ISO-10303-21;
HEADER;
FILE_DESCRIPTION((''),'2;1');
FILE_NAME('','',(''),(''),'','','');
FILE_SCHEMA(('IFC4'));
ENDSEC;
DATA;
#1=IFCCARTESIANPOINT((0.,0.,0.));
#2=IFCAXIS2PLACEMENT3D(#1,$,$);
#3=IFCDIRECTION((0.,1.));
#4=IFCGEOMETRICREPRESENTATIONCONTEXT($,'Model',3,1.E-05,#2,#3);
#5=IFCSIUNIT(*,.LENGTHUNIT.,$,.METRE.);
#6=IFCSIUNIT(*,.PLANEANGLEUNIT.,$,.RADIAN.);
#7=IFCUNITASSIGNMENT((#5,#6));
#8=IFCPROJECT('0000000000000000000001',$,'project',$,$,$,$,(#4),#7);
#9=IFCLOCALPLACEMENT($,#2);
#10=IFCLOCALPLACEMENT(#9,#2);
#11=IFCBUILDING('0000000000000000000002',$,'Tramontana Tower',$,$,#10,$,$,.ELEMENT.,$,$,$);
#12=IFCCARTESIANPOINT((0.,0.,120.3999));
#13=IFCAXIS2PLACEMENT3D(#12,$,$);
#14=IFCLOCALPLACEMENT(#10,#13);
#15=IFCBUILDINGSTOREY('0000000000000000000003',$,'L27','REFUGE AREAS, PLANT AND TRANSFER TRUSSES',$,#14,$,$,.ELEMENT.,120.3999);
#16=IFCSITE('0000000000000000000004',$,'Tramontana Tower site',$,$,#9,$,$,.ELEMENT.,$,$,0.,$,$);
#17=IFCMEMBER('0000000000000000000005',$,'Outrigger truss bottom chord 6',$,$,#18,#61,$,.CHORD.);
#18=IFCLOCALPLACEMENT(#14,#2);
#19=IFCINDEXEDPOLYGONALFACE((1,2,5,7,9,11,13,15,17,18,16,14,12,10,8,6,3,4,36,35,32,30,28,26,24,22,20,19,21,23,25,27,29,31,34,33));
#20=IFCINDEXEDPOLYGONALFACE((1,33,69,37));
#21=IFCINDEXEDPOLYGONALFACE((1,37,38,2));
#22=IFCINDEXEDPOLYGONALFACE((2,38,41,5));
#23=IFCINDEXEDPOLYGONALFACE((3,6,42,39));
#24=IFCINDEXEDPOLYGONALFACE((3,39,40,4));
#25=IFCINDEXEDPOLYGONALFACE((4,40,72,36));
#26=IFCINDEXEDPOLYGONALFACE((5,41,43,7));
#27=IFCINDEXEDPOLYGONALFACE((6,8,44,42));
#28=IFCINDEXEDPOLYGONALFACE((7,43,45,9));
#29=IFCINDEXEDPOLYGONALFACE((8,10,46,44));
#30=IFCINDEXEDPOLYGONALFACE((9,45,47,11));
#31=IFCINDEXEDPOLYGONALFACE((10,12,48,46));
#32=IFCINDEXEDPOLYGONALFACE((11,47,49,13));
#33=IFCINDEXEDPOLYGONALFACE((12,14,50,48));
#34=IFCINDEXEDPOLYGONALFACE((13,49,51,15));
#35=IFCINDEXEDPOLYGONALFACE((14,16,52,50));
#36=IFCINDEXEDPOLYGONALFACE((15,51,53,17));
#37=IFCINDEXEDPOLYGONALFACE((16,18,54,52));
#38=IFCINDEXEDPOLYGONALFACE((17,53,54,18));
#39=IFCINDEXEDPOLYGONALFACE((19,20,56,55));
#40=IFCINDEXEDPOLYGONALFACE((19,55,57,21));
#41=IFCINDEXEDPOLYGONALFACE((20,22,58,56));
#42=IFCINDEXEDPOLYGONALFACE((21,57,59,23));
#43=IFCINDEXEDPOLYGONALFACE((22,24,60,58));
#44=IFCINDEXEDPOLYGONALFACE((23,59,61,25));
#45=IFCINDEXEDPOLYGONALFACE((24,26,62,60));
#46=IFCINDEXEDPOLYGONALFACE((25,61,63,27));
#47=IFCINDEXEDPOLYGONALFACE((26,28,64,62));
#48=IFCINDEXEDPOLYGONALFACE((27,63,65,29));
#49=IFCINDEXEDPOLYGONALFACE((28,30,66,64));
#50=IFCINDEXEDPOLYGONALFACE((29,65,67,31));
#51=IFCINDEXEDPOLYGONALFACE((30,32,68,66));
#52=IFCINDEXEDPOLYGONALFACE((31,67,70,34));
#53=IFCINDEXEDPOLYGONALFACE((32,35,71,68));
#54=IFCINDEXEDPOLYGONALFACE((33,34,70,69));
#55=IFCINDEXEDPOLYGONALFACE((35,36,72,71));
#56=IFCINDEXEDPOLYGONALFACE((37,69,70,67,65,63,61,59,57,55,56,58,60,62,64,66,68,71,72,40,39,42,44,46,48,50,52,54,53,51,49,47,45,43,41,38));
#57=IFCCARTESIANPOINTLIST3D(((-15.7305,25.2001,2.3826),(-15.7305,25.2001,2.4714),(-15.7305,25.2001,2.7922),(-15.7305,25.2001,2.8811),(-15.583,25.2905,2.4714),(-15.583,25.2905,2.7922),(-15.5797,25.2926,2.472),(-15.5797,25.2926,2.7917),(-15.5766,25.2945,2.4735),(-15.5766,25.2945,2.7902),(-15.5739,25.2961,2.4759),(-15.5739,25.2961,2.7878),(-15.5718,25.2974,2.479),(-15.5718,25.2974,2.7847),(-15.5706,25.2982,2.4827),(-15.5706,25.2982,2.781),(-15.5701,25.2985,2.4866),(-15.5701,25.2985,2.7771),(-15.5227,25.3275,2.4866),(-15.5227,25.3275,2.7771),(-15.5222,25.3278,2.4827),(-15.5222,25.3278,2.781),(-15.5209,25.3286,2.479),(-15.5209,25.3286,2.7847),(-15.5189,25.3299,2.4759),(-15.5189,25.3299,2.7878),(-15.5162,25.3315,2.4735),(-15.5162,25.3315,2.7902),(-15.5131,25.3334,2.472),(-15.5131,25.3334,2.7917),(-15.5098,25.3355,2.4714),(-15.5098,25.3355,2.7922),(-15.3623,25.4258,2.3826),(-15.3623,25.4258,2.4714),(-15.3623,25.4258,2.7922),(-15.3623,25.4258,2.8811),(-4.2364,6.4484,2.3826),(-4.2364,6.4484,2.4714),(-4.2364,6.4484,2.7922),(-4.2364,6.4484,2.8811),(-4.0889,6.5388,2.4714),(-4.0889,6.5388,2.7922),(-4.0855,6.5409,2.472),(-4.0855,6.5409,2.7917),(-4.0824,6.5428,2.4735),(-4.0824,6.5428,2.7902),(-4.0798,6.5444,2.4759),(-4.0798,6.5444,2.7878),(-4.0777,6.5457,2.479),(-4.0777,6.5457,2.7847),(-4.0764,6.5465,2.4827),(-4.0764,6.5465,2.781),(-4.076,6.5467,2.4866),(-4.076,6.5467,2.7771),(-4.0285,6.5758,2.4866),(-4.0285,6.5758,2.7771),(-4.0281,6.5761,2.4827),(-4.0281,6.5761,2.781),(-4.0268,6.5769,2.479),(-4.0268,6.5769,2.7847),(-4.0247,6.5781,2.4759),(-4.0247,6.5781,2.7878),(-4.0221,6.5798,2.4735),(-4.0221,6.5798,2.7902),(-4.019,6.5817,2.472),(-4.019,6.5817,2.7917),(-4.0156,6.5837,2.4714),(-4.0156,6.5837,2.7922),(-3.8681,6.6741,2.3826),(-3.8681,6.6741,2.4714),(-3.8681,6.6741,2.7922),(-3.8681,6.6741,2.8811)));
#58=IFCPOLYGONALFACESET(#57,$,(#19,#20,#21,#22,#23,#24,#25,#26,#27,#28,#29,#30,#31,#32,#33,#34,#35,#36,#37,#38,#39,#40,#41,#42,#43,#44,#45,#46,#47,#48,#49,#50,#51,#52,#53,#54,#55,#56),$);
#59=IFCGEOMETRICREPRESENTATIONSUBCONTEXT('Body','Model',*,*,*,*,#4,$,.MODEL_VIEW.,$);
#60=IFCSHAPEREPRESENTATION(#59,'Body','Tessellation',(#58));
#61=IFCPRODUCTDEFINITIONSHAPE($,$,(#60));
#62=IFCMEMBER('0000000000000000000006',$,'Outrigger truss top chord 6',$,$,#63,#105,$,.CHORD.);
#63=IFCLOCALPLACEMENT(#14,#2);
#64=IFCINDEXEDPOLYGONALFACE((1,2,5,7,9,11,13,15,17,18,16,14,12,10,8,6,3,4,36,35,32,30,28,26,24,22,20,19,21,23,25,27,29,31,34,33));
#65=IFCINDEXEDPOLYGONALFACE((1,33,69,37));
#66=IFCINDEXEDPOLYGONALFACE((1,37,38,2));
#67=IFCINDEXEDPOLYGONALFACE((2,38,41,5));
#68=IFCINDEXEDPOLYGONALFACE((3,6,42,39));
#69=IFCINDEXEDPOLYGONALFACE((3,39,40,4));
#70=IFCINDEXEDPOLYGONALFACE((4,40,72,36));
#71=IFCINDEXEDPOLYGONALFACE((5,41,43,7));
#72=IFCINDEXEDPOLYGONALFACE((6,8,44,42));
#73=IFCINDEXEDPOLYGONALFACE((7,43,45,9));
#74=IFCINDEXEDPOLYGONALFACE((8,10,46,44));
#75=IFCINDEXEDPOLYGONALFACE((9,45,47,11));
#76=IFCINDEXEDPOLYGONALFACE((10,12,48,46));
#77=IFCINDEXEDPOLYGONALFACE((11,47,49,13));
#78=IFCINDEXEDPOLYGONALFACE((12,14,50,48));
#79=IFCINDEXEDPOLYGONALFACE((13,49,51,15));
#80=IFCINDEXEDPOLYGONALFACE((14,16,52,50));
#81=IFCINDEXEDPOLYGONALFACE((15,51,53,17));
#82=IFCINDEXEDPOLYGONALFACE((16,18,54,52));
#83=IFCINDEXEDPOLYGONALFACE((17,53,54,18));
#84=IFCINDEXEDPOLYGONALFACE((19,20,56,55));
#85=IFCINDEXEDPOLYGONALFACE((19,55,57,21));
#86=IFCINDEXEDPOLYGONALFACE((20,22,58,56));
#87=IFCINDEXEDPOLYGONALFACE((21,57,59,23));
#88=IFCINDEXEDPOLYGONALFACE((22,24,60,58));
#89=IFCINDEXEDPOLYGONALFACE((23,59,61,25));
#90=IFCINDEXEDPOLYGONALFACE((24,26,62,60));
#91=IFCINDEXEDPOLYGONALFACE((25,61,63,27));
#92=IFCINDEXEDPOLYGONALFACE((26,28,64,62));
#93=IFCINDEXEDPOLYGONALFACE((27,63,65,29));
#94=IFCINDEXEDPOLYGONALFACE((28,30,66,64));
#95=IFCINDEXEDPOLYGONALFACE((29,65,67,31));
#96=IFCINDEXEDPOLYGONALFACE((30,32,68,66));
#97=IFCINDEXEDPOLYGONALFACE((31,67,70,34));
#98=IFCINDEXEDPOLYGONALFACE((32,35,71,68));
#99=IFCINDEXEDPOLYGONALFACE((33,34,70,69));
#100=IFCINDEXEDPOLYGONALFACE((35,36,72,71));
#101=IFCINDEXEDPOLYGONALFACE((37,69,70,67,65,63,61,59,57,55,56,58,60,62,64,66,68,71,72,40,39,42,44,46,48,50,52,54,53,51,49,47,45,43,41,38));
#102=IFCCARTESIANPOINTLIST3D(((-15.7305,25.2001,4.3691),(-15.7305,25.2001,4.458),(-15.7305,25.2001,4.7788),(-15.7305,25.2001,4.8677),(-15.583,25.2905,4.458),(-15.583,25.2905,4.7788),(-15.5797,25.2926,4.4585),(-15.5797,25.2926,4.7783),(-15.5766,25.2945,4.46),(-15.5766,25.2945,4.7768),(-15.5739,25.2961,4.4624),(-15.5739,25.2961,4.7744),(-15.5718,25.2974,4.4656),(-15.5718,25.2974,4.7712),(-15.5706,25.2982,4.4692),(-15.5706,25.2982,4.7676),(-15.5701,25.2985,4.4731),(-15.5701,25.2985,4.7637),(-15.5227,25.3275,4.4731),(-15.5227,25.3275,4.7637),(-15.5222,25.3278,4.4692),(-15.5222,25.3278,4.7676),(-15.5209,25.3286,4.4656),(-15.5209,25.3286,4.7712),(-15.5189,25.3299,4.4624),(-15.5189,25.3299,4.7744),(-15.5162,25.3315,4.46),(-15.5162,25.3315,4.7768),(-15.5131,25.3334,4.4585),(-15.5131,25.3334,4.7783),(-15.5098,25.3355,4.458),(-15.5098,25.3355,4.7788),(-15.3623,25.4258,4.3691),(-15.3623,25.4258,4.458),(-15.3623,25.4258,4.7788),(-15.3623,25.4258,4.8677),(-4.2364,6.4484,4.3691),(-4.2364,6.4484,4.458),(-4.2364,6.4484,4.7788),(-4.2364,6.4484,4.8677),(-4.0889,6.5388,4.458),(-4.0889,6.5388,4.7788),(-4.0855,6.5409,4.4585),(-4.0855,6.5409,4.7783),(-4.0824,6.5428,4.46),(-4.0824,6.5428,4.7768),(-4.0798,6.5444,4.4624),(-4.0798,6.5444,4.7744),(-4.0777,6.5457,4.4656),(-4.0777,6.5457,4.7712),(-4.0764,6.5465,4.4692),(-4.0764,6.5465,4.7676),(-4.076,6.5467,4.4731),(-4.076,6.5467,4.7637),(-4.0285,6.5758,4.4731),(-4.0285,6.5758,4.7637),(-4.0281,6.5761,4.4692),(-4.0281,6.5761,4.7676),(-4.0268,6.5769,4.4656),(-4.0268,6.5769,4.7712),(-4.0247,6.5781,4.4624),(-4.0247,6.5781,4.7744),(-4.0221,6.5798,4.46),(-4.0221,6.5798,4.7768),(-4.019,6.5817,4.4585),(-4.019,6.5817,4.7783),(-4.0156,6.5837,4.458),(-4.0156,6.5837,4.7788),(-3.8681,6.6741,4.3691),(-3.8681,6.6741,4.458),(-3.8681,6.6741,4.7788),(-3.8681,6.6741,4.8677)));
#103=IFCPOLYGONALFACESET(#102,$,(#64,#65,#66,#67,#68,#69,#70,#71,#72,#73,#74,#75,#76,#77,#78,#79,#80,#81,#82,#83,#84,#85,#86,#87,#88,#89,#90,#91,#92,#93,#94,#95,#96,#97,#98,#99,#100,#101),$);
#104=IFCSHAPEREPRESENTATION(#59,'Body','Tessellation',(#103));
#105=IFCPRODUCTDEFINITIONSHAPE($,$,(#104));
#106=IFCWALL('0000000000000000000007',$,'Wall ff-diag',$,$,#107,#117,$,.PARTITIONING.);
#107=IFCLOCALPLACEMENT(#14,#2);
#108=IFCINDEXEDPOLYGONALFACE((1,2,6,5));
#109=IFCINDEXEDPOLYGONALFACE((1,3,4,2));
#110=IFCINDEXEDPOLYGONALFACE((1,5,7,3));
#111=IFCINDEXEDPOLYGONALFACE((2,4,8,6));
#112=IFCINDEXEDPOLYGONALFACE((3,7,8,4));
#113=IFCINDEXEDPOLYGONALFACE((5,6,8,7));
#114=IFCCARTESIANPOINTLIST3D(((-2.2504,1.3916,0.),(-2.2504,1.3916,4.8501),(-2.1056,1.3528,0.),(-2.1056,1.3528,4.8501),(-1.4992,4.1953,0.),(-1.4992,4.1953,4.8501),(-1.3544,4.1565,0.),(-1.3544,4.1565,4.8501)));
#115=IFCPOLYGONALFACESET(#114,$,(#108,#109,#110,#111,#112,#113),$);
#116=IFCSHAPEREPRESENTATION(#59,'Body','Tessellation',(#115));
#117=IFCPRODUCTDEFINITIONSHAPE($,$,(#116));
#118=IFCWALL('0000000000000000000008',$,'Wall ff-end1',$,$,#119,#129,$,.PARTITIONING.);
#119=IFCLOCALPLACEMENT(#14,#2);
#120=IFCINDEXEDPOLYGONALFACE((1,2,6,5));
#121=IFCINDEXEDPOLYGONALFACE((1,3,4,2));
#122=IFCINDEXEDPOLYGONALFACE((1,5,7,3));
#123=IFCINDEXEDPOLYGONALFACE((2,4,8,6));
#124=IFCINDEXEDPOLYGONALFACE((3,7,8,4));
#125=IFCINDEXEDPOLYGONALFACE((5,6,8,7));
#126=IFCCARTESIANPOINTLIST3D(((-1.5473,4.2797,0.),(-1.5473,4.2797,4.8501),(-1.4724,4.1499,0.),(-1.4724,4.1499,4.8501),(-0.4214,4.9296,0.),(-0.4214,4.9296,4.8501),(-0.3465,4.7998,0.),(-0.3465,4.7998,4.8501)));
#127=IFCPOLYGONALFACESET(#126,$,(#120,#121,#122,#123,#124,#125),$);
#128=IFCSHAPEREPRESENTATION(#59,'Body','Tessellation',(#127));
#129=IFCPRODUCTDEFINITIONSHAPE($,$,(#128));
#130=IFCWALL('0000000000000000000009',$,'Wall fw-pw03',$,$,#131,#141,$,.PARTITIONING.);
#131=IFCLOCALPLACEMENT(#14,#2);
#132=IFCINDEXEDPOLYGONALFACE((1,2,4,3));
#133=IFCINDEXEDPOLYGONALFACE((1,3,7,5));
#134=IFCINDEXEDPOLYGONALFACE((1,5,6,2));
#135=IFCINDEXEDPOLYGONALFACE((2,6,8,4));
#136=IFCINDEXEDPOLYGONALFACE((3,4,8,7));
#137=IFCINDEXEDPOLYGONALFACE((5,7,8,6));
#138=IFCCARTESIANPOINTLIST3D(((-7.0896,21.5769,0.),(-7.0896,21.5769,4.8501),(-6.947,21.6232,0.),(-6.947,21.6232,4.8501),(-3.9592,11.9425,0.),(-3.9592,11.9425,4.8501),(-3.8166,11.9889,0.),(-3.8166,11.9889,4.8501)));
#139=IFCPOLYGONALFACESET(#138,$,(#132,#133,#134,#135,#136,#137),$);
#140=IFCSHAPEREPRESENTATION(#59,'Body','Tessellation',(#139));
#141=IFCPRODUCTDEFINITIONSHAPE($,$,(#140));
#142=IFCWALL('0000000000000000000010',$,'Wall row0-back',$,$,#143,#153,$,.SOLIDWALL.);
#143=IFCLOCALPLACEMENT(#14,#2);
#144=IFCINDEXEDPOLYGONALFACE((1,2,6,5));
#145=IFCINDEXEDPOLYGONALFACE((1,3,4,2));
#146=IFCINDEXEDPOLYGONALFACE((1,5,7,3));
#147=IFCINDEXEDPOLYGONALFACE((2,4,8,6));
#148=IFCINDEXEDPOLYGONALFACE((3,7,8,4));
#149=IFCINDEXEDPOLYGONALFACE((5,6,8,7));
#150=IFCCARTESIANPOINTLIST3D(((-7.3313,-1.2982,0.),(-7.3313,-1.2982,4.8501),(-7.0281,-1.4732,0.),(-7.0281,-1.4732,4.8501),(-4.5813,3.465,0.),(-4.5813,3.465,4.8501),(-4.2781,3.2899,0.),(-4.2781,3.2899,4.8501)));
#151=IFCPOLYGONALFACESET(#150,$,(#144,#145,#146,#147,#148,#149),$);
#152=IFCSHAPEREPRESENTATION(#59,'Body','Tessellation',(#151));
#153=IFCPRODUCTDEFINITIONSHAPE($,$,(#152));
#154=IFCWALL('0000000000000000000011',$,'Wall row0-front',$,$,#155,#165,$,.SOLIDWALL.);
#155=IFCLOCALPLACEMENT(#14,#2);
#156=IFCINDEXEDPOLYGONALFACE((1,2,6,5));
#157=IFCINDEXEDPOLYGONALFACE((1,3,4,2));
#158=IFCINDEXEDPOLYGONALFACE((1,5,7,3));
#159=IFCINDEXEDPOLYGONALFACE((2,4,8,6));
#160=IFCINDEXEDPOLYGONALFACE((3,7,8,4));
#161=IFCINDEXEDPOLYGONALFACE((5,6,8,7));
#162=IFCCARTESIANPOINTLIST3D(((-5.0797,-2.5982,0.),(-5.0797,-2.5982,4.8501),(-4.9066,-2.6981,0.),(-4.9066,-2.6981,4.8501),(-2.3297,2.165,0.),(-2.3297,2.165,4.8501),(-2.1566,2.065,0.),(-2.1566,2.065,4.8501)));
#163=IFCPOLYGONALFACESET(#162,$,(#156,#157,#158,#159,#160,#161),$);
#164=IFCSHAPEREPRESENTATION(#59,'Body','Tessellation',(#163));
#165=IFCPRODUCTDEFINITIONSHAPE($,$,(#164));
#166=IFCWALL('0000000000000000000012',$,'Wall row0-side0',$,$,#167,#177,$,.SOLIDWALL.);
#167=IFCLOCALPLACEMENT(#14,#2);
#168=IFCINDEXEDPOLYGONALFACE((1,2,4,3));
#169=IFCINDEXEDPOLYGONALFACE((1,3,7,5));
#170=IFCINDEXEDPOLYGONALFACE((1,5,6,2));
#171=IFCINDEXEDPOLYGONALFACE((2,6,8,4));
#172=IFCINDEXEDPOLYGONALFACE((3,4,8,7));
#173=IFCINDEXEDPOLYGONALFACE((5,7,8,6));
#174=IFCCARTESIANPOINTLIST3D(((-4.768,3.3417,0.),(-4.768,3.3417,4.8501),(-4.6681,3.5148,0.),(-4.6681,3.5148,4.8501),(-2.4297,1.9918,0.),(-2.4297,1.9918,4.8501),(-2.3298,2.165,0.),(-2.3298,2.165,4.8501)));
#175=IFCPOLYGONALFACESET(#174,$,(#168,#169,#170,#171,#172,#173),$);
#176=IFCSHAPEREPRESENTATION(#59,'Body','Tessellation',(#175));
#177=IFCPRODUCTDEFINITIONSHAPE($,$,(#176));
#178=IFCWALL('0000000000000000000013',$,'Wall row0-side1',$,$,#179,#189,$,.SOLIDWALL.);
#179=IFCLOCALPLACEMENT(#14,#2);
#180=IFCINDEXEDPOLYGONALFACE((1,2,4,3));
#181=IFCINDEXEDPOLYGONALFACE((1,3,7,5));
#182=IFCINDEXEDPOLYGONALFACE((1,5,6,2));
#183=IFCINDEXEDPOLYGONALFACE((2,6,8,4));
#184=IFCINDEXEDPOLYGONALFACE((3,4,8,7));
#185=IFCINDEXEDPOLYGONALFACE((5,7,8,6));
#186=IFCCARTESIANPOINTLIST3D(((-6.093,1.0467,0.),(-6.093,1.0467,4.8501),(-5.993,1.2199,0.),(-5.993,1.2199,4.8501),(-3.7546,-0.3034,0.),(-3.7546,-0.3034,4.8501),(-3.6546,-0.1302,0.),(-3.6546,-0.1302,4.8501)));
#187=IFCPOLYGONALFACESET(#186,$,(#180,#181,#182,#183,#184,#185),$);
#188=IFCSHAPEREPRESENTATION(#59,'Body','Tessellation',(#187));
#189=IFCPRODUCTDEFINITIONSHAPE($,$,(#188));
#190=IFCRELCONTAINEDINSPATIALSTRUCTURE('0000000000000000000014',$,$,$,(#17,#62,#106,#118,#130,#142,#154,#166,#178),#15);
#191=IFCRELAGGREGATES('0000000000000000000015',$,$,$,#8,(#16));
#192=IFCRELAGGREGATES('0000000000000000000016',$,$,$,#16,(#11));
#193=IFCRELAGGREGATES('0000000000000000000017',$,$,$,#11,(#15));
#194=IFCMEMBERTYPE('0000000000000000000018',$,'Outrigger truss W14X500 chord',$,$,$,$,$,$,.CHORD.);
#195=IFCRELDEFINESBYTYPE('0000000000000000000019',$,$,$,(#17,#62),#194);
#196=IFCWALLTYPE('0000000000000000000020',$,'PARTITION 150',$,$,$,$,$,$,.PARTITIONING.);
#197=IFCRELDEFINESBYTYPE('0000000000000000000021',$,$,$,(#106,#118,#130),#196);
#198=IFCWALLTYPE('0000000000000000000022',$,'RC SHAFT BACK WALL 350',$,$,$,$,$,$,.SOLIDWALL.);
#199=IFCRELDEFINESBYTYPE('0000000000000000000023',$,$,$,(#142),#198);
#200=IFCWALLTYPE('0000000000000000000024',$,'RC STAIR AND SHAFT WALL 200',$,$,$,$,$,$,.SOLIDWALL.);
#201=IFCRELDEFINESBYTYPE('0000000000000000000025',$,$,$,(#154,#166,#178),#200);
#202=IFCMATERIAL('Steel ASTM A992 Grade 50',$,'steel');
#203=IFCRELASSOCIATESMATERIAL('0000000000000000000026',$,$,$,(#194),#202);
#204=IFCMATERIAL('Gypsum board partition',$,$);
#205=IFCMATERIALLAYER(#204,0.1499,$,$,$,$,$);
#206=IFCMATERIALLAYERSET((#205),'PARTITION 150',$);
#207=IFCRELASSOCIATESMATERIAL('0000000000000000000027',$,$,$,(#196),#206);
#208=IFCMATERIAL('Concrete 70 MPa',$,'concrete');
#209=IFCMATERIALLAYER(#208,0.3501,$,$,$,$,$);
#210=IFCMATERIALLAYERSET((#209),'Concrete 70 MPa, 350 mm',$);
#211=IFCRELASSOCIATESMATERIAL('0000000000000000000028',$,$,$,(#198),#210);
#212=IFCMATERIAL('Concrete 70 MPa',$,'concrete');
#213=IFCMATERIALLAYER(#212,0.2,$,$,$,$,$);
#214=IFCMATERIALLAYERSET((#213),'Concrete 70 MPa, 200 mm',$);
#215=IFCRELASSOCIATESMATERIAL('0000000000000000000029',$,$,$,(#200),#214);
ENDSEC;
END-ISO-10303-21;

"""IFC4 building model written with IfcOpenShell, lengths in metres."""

from ifc_helpers import new_model, si_unit, direction, frame, frame_2d, origin, origin_2d, place, context, subcontext, project, spatial, rectangle, i_section, extrude, material, layer, layer_set, material_profile, profile_set, type_object, element, save


model = new_model("IFC4")

# Units and contexts
model_context = context("Model", 3, precision=1e-05, world=origin(), true_north=direction((0.0, 1.0)))
body_context = subcontext(model_context, "Body", "Model", "MODEL_VIEW")
ifc_project = project(units=[si_unit("LENGTHUNIT", "METRE"), si_unit("PLANEANGLEUNIT", "RADIAN")], contexts=[model_context])

# Site, building, storey
site_placement = place(None, origin())
site = spatial("IfcSite", under=ifc_project, at=site_placement, Name="Tramontana Tower site", CompositionType="ELEMENT", RefElevation=0.0)
building_placement = place(site_placement, origin())
building = spatial("IfcBuilding", under=site, at=building_placement, Name="Tramontana Tower", CompositionType="ELEMENT")
storey_placement = place(building_placement, frame((0.0, 0.0, 120.3999)))
storey = spatial("IfcBuildingStorey", under=building, at=storey_placement, Name="L27", Description="REFUGE AREAS, PLANT AND TRANSFER TRUSSES", CompositionType="ELEMENT", Elevation=120.3999)

# Members
ifc_material_1 = material(Name="Steel ASTM A992 Grade 50", Category="steel")
ifc_material_profile_1 = material_profile(ifc_material_1, i_section(OverallWidth=0.4319, OverallDepth=0.4985, WebThickness=0.0557, FlangeThickness=0.0889, FilletRadius=0.0151, at=origin_2d()), Name="W14X500")
ifc_profile_set_1 = profile_set([ifc_material_profile_1], Name="Steel ASTM A992 Grade 50")
member_type_1 = type_object("IfcMemberType", Name="Outrigger truss W14X500 chord", PredefinedType="CHORD", material=ifc_profile_set_1)
for number, where, z_axis, x_axis, name in (
    (1, (-4.0522, 6.5613, 2.6318), (-0.5226, 0.852578, 0.0), (-0.852578, -0.5226, 0.0), "Outrigger truss bottom chord 6"),
    (2, (-4.0522, 6.5613, 4.6184), (-0.5226, 0.852578, 0.0), (-0.852578, -0.5226, 0.0), "Outrigger truss top chord 6"),
):
    element("IfcMember", number, at=place(storey_placement, frame(where, z_axis=z_axis, x_axis=x_axis)), inside=storey, type_object=member_type_1, Name=name, PredefinedType="CHORD", context=body_context, shape_type="SweptSolid", body=[
        extrude(i_section(OverallWidth=0.4319, OverallDepth=0.4985, WebThickness=0.0557, FlangeThickness=0.0889, FilletRadius=0.0151, at=origin_2d()), origin(), (0.0, 0.0, 1.0), 21.9941),
    ])

# Walls
ifc_material_2 = material(Name="Gypsum board partition")
ifc_layer_1 = layer(ifc_material_2, 0.1499)
ifc_layer_set_1 = layer_set([ifc_layer_1], Name="PARTITION 150")
wall_type_1 = type_object("IfcWallType", Name="PARTITION 150", PredefinedType="PARTITIONING", material=ifc_layer_set_1)
wall_1_placement = place(storey_placement, frame((-2.178, 1.3723, 0.0), z_axis=(0.0, 0.0, 1.0), x_axis=(0.258809, 0.965929, 0.0)))
element("IfcWall", 3, at=wall_1_placement, inside=storey, type_object=wall_type_1, Name="Wall ff-diag", PredefinedType="PARTITIONING", context=body_context, shape_type="SweptSolid", body=[
    extrude(rectangle(XDim=2.9026, YDim=0.1499, at=frame_2d((1.4512, 0.0))), origin(), (0.0, 0.0, 1.0), 4.8501),
])
wall_2_placement = place(storey_placement, frame((-1.5098, 4.2148, 0.0), z_axis=(0.0, 0.0, 1.0), x_axis=(0.866086, 0.499896, 0.0)))
element("IfcWall", 4, at=wall_2_placement, inside=storey, type_object=wall_type_1, Name="Wall ff-end1", PredefinedType="PARTITIONING", context=body_context, shape_type="SweptSolid", body=[
    extrude(rectangle(XDim=1.3, YDim=0.1499, at=frame_2d((0.6499, 0.0))), origin(), (0.0, 0.0, 1.0), 4.8501),
])
wall_3_placement = place(storey_placement, frame((-3.8879, 11.9658, 0.0), z_axis=(0.0, 0.0, 1.0), x_axis=(-0.309017, 0.951056, 0.0)))
element("IfcWall", 5, at=wall_3_placement, inside=storey, type_object=wall_type_1, Name="Wall fw-pw03", PredefinedType="PARTITIONING", context=body_context, shape_type="SweptSolid", body=[
    extrude(rectangle(XDim=10.1301, YDim=0.1499, at=frame_2d((5.0649, 0.0))), origin(), (0.0, 0.0, 1.0), 4.8501),
])
ifc_material_3 = material(Name="Concrete 70 MPa", Category="concrete")
ifc_layer_2 = layer(ifc_material_3, 0.3501)
ifc_layer_set_2 = layer_set([ifc_layer_2], Name="Concrete 70 MPa, 350 mm")
wall_type_2 = type_object("IfcWallType", Name="RC SHAFT BACK WALL 350", PredefinedType="SOLIDWALL", material=ifc_layer_set_2)
wall_4_placement = place(storey_placement, frame((-4.4297, 3.3774, 0.0), z_axis=(0.0, 0.0, 1.0), x_axis=(-0.499997, -0.866027, 0.0)))
element("IfcWall", 6, at=wall_4_placement, inside=storey, type_object=wall_type_2, Name="Wall row0-back", PredefinedType="SOLIDWALL", context=body_context, shape_type="SweptSolid", body=[
    extrude(rectangle(XDim=5.5, YDim=0.3501, at=frame_2d((2.75, 0.0))), origin(), (0.0, 0.0, 1.0), 4.8501),
])

# Shared definitions
ifc_material_4 = material(Name="Concrete 70 MPa", Category="concrete")
ifc_layer_3 = layer(ifc_material_4, 0.2)
ifc_layer_set_3 = layer_set([ifc_layer_3], Name="Concrete 70 MPa, 200 mm")
wall_type_3 = type_object("IfcWallType", Name="RC STAIR AND SHAFT WALL 200", PredefinedType="SOLIDWALL", material=ifc_layer_set_3)

# Walls
wall_5_placement = place(storey_placement, frame((-2.2432, 2.115, 0.0), z_axis=(0.0, 0.0, 1.0), x_axis=(-0.499997, -0.866027, 0.0)))
element("IfcWall", 7, at=wall_5_placement, inside=storey, type_object=wall_type_3, Name="Wall row0-front", PredefinedType="SOLIDWALL", context=body_context, shape_type="SweptSolid", body=[
    extrude(rectangle(XDim=5.5, YDim=0.2, at=frame_2d((2.75, 0.0))), origin(), (0.0, 0.0, 1.0), 4.8501),
])
wall_6_placement = place(storey_placement, frame((-2.3796, 2.0784, 0.0), z_axis=(0.0, 0.0, 1.0), x_axis=(-0.866059, 0.499942, 0.0)))
element("IfcWall", 8, at=wall_6_placement, inside=storey, type_object=wall_type_3, Name="Wall row0-side0", PredefinedType="SOLIDWALL", context=body_context, shape_type="SweptSolid", body=[
    extrude(rectangle(XDim=2.7, YDim=0.2, at=frame_2d((1.3501, 0.0))), origin(), (0.0, 0.0, 1.0), 4.8501),
])
wall_7_placement = place(storey_placement, frame((-3.7046, -0.2168, 0.0), z_axis=(0.0, 0.0, 1.0), x_axis=(-0.86602, 0.500009, 0.0)))
element("IfcWall", 9, at=wall_7_placement, inside=storey, type_object=wall_type_3, Name="Wall row0-side1", PredefinedType="SOLIDWALL", context=body_context, shape_type="SweptSolid", body=[
    extrude(rectangle(XDim=2.7002, YDim=0.2, at=frame_2d((1.3501, 0.0))), origin(), (0.0, 0.0, 1.0), 4.8501),
])

save(model, "model.ifc")
